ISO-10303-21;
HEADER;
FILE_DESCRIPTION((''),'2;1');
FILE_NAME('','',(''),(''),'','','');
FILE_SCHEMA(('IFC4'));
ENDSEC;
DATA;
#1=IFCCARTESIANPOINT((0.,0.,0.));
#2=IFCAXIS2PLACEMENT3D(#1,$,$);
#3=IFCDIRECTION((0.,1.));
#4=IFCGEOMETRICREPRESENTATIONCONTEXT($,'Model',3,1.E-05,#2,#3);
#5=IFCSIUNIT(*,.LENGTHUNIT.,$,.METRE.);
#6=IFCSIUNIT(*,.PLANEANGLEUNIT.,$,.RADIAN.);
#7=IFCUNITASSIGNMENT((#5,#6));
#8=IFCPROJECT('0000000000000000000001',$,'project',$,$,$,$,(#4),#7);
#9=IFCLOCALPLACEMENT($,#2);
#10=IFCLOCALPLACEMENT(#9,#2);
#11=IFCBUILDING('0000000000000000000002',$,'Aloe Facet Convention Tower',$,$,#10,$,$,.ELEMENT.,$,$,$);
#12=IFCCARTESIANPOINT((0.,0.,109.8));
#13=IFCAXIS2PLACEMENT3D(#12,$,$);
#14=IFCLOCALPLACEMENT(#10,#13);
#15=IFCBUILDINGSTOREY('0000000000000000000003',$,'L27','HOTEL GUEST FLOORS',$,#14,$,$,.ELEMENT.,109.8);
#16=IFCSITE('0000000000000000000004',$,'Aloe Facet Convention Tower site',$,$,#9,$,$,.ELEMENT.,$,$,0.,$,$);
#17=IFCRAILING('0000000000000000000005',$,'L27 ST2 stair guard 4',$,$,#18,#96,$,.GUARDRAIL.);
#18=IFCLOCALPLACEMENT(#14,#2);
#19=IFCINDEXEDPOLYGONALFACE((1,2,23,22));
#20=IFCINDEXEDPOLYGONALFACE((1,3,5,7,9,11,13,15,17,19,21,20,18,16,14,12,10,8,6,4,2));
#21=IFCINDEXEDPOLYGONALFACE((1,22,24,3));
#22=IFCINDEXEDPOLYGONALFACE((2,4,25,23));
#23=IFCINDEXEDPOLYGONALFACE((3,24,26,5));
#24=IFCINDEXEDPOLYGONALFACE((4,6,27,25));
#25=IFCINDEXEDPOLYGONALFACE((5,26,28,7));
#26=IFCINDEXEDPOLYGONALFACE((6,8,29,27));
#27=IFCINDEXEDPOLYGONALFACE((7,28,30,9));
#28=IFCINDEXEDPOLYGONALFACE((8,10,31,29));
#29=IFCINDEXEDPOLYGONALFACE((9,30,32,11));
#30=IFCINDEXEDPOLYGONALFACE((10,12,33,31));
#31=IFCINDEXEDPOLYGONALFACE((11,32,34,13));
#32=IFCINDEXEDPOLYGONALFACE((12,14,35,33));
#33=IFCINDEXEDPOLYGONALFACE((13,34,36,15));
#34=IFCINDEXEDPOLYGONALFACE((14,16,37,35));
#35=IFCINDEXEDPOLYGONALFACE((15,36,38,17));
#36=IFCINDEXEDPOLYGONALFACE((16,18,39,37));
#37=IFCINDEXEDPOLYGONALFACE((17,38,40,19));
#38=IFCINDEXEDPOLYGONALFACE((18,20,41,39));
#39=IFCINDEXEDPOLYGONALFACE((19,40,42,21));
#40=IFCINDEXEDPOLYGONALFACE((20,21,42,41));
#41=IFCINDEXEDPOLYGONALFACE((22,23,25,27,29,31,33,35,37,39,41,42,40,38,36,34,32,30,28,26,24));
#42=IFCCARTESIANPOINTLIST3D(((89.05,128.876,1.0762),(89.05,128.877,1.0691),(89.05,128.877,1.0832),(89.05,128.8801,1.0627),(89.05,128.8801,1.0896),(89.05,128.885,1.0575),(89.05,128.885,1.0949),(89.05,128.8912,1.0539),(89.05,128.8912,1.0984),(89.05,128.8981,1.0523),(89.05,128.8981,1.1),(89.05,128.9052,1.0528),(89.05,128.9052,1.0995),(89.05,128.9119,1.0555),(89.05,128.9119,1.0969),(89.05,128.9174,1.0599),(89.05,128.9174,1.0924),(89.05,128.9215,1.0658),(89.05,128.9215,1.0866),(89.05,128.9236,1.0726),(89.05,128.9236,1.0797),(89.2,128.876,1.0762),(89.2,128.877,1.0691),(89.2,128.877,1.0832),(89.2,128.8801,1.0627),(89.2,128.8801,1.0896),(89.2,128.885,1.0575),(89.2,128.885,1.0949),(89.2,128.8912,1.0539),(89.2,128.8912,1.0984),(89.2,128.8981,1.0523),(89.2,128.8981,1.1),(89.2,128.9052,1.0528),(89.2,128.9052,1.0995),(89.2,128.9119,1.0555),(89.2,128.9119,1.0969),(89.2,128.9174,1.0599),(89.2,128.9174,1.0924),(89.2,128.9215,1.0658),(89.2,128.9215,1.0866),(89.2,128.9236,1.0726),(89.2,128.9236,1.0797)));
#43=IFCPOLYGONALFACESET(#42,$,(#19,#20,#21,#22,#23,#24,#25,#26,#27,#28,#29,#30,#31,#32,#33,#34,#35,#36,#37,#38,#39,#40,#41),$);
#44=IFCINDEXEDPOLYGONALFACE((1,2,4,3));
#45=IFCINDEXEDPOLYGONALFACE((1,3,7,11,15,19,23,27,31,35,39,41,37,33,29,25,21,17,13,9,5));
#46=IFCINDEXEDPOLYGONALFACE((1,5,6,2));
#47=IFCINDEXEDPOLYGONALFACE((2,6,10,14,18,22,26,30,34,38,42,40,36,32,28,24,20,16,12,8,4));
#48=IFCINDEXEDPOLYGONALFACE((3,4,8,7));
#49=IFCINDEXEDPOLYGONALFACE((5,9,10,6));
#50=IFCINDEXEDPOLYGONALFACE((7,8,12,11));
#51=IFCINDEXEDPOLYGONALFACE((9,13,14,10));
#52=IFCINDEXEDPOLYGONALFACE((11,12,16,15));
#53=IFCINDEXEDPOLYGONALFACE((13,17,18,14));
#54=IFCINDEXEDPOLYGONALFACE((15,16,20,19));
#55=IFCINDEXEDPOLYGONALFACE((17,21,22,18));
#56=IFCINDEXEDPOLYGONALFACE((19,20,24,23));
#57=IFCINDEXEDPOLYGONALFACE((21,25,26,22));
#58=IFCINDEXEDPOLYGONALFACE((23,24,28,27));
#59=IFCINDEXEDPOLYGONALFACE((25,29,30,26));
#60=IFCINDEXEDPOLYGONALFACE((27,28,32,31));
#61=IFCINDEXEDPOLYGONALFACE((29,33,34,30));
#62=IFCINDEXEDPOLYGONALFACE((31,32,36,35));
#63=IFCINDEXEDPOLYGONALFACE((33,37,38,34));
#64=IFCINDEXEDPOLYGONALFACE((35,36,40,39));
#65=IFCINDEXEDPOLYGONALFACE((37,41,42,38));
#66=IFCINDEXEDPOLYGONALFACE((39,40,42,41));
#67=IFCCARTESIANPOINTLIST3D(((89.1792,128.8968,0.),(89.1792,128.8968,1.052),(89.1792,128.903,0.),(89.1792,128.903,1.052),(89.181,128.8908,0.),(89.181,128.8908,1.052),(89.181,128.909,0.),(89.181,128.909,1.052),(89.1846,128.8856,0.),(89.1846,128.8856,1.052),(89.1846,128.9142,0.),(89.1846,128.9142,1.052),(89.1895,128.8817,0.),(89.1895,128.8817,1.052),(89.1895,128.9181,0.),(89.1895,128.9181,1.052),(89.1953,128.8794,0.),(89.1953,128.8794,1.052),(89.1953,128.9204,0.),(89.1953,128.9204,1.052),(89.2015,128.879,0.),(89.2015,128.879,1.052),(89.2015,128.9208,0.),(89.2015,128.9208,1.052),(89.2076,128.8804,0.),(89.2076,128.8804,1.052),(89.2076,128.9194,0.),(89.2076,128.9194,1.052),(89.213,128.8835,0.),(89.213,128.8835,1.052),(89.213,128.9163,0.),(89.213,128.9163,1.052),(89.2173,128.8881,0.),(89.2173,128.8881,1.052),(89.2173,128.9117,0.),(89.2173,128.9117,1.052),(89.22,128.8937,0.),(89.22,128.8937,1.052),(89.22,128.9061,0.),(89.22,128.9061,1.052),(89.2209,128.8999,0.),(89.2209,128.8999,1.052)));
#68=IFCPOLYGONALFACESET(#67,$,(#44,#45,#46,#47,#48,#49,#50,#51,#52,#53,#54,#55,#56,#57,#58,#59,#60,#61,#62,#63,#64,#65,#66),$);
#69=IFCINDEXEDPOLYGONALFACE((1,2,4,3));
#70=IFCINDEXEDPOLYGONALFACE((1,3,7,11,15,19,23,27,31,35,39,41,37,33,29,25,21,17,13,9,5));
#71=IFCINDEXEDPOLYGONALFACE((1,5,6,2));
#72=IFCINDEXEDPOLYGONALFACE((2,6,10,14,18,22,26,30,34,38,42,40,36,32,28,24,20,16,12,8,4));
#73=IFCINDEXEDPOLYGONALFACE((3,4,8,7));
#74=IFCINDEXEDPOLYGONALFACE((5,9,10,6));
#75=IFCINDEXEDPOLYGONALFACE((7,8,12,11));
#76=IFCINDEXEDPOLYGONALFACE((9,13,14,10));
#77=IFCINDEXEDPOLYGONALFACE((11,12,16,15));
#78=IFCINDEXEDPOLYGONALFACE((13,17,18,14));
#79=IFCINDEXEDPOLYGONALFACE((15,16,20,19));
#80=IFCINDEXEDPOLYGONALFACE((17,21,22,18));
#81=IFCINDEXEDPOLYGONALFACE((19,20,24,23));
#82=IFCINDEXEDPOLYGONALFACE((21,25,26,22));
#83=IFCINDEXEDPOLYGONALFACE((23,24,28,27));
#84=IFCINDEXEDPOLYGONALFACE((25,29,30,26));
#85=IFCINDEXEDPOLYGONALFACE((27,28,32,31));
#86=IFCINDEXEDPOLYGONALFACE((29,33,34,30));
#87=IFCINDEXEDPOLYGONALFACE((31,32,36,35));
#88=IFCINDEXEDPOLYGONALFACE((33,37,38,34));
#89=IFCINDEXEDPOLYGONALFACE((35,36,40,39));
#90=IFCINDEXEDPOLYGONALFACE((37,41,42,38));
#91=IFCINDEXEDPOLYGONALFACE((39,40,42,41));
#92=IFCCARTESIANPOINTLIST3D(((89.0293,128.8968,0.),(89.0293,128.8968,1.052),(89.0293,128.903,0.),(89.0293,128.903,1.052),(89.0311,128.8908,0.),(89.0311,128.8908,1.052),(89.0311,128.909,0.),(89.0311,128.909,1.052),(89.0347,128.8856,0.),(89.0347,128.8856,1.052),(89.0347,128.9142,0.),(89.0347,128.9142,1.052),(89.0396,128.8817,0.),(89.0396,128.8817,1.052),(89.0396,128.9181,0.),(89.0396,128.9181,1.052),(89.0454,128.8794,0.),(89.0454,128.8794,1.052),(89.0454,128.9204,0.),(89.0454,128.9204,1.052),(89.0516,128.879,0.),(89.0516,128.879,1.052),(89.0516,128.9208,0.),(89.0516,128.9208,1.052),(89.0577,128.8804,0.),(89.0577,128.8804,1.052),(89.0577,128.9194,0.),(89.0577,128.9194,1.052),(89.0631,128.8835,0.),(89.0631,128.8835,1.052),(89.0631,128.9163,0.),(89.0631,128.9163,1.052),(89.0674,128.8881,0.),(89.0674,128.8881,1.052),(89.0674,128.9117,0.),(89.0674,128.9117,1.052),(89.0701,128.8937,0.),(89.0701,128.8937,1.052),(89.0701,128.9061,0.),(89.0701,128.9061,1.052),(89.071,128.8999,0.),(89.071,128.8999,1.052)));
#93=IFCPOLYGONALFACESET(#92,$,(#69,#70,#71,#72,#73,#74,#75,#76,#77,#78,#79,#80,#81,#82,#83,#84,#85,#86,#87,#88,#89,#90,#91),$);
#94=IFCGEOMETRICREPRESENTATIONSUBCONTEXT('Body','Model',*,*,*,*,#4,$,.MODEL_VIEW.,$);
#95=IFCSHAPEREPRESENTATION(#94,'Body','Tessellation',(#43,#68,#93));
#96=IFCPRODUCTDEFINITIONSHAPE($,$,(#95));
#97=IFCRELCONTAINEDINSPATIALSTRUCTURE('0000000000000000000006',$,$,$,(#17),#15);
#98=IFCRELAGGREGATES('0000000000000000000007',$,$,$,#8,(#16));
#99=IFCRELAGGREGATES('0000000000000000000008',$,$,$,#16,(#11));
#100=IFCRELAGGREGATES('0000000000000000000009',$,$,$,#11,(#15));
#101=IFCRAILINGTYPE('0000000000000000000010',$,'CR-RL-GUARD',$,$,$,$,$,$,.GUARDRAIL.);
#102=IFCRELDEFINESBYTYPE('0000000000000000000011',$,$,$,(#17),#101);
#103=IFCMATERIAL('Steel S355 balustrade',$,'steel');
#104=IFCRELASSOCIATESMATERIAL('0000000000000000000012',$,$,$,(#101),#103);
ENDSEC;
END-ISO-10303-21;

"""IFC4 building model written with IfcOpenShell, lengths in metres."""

from ifc_helpers import new_model, si_unit, direction, frame, origin, origin_2d, place, context, subcontext, project, spatial, circle, extrude, material, type_object, element, save


model = new_model("IFC4")

# Units and contexts
model_context = context("Model", 3, precision=1e-05, world=origin(), true_north=direction((0.0, 1.0)))
body_context = subcontext(model_context, "Body", "Model", "MODEL_VIEW")
ifc_project = project(units=[si_unit("LENGTHUNIT", "METRE"), si_unit("PLANEANGLEUNIT", "RADIAN")], contexts=[model_context])

# Site, building, storey
site_placement = place(None, origin())
site = spatial("IfcSite", under=ifc_project, at=site_placement, Name="Aloe Facet Convention Tower site", CompositionType="ELEMENT", RefElevation=0.0)
building_placement = place(site_placement, origin())
building = spatial("IfcBuilding", under=site, at=building_placement, Name="Aloe Facet Convention Tower", CompositionType="ELEMENT")
storey_placement = place(building_placement, frame((0.0, 0.0, 109.8)))
storey = spatial("IfcBuildingStorey", under=building, at=storey_placement, Name="L27", Description="HOTEL GUEST FLOORS", CompositionType="ELEMENT", Elevation=109.8)

# Railing
ifc_material_1 = material(Name="Steel S355 balustrade", Category="steel")
railing_type_1 = type_object("IfcRailingType", Name="CR-RL-GUARD", PredefinedType="GUARDRAIL", material=ifc_material_1)
railing_1_placement = place(storey_placement, frame((89.2, 128.8999, 0.0)))
element("IfcRailing", 1, at=railing_1_placement, inside=storey, type_object=railing_type_1, Name="L27 ST2 stair guard 4", PredefinedType="GUARDRAIL", context=body_context, shape_type="SweptSolid", body=[
    extrude(circle(Radius=0.0239, at=origin_2d()), frame((0.0, 0.0, 1.0762), z_axis=(-1.0, 0.0, 0.0), x_axis=(0.0, -1.0, 0.0)), (0.0, 0.0, 1.0), 0.1499),
    extrude(circle(Radius=0.021, at=origin_2d()), origin(), (0.0, 0.0, 1.0), 1.052),
    extrude(circle(Radius=0.021, at=origin_2d()), frame((-0.1499, 0.0, 0.0)), (0.0, 0.0, 1.0), 1.052),
])

save(model, "model.ifc")
